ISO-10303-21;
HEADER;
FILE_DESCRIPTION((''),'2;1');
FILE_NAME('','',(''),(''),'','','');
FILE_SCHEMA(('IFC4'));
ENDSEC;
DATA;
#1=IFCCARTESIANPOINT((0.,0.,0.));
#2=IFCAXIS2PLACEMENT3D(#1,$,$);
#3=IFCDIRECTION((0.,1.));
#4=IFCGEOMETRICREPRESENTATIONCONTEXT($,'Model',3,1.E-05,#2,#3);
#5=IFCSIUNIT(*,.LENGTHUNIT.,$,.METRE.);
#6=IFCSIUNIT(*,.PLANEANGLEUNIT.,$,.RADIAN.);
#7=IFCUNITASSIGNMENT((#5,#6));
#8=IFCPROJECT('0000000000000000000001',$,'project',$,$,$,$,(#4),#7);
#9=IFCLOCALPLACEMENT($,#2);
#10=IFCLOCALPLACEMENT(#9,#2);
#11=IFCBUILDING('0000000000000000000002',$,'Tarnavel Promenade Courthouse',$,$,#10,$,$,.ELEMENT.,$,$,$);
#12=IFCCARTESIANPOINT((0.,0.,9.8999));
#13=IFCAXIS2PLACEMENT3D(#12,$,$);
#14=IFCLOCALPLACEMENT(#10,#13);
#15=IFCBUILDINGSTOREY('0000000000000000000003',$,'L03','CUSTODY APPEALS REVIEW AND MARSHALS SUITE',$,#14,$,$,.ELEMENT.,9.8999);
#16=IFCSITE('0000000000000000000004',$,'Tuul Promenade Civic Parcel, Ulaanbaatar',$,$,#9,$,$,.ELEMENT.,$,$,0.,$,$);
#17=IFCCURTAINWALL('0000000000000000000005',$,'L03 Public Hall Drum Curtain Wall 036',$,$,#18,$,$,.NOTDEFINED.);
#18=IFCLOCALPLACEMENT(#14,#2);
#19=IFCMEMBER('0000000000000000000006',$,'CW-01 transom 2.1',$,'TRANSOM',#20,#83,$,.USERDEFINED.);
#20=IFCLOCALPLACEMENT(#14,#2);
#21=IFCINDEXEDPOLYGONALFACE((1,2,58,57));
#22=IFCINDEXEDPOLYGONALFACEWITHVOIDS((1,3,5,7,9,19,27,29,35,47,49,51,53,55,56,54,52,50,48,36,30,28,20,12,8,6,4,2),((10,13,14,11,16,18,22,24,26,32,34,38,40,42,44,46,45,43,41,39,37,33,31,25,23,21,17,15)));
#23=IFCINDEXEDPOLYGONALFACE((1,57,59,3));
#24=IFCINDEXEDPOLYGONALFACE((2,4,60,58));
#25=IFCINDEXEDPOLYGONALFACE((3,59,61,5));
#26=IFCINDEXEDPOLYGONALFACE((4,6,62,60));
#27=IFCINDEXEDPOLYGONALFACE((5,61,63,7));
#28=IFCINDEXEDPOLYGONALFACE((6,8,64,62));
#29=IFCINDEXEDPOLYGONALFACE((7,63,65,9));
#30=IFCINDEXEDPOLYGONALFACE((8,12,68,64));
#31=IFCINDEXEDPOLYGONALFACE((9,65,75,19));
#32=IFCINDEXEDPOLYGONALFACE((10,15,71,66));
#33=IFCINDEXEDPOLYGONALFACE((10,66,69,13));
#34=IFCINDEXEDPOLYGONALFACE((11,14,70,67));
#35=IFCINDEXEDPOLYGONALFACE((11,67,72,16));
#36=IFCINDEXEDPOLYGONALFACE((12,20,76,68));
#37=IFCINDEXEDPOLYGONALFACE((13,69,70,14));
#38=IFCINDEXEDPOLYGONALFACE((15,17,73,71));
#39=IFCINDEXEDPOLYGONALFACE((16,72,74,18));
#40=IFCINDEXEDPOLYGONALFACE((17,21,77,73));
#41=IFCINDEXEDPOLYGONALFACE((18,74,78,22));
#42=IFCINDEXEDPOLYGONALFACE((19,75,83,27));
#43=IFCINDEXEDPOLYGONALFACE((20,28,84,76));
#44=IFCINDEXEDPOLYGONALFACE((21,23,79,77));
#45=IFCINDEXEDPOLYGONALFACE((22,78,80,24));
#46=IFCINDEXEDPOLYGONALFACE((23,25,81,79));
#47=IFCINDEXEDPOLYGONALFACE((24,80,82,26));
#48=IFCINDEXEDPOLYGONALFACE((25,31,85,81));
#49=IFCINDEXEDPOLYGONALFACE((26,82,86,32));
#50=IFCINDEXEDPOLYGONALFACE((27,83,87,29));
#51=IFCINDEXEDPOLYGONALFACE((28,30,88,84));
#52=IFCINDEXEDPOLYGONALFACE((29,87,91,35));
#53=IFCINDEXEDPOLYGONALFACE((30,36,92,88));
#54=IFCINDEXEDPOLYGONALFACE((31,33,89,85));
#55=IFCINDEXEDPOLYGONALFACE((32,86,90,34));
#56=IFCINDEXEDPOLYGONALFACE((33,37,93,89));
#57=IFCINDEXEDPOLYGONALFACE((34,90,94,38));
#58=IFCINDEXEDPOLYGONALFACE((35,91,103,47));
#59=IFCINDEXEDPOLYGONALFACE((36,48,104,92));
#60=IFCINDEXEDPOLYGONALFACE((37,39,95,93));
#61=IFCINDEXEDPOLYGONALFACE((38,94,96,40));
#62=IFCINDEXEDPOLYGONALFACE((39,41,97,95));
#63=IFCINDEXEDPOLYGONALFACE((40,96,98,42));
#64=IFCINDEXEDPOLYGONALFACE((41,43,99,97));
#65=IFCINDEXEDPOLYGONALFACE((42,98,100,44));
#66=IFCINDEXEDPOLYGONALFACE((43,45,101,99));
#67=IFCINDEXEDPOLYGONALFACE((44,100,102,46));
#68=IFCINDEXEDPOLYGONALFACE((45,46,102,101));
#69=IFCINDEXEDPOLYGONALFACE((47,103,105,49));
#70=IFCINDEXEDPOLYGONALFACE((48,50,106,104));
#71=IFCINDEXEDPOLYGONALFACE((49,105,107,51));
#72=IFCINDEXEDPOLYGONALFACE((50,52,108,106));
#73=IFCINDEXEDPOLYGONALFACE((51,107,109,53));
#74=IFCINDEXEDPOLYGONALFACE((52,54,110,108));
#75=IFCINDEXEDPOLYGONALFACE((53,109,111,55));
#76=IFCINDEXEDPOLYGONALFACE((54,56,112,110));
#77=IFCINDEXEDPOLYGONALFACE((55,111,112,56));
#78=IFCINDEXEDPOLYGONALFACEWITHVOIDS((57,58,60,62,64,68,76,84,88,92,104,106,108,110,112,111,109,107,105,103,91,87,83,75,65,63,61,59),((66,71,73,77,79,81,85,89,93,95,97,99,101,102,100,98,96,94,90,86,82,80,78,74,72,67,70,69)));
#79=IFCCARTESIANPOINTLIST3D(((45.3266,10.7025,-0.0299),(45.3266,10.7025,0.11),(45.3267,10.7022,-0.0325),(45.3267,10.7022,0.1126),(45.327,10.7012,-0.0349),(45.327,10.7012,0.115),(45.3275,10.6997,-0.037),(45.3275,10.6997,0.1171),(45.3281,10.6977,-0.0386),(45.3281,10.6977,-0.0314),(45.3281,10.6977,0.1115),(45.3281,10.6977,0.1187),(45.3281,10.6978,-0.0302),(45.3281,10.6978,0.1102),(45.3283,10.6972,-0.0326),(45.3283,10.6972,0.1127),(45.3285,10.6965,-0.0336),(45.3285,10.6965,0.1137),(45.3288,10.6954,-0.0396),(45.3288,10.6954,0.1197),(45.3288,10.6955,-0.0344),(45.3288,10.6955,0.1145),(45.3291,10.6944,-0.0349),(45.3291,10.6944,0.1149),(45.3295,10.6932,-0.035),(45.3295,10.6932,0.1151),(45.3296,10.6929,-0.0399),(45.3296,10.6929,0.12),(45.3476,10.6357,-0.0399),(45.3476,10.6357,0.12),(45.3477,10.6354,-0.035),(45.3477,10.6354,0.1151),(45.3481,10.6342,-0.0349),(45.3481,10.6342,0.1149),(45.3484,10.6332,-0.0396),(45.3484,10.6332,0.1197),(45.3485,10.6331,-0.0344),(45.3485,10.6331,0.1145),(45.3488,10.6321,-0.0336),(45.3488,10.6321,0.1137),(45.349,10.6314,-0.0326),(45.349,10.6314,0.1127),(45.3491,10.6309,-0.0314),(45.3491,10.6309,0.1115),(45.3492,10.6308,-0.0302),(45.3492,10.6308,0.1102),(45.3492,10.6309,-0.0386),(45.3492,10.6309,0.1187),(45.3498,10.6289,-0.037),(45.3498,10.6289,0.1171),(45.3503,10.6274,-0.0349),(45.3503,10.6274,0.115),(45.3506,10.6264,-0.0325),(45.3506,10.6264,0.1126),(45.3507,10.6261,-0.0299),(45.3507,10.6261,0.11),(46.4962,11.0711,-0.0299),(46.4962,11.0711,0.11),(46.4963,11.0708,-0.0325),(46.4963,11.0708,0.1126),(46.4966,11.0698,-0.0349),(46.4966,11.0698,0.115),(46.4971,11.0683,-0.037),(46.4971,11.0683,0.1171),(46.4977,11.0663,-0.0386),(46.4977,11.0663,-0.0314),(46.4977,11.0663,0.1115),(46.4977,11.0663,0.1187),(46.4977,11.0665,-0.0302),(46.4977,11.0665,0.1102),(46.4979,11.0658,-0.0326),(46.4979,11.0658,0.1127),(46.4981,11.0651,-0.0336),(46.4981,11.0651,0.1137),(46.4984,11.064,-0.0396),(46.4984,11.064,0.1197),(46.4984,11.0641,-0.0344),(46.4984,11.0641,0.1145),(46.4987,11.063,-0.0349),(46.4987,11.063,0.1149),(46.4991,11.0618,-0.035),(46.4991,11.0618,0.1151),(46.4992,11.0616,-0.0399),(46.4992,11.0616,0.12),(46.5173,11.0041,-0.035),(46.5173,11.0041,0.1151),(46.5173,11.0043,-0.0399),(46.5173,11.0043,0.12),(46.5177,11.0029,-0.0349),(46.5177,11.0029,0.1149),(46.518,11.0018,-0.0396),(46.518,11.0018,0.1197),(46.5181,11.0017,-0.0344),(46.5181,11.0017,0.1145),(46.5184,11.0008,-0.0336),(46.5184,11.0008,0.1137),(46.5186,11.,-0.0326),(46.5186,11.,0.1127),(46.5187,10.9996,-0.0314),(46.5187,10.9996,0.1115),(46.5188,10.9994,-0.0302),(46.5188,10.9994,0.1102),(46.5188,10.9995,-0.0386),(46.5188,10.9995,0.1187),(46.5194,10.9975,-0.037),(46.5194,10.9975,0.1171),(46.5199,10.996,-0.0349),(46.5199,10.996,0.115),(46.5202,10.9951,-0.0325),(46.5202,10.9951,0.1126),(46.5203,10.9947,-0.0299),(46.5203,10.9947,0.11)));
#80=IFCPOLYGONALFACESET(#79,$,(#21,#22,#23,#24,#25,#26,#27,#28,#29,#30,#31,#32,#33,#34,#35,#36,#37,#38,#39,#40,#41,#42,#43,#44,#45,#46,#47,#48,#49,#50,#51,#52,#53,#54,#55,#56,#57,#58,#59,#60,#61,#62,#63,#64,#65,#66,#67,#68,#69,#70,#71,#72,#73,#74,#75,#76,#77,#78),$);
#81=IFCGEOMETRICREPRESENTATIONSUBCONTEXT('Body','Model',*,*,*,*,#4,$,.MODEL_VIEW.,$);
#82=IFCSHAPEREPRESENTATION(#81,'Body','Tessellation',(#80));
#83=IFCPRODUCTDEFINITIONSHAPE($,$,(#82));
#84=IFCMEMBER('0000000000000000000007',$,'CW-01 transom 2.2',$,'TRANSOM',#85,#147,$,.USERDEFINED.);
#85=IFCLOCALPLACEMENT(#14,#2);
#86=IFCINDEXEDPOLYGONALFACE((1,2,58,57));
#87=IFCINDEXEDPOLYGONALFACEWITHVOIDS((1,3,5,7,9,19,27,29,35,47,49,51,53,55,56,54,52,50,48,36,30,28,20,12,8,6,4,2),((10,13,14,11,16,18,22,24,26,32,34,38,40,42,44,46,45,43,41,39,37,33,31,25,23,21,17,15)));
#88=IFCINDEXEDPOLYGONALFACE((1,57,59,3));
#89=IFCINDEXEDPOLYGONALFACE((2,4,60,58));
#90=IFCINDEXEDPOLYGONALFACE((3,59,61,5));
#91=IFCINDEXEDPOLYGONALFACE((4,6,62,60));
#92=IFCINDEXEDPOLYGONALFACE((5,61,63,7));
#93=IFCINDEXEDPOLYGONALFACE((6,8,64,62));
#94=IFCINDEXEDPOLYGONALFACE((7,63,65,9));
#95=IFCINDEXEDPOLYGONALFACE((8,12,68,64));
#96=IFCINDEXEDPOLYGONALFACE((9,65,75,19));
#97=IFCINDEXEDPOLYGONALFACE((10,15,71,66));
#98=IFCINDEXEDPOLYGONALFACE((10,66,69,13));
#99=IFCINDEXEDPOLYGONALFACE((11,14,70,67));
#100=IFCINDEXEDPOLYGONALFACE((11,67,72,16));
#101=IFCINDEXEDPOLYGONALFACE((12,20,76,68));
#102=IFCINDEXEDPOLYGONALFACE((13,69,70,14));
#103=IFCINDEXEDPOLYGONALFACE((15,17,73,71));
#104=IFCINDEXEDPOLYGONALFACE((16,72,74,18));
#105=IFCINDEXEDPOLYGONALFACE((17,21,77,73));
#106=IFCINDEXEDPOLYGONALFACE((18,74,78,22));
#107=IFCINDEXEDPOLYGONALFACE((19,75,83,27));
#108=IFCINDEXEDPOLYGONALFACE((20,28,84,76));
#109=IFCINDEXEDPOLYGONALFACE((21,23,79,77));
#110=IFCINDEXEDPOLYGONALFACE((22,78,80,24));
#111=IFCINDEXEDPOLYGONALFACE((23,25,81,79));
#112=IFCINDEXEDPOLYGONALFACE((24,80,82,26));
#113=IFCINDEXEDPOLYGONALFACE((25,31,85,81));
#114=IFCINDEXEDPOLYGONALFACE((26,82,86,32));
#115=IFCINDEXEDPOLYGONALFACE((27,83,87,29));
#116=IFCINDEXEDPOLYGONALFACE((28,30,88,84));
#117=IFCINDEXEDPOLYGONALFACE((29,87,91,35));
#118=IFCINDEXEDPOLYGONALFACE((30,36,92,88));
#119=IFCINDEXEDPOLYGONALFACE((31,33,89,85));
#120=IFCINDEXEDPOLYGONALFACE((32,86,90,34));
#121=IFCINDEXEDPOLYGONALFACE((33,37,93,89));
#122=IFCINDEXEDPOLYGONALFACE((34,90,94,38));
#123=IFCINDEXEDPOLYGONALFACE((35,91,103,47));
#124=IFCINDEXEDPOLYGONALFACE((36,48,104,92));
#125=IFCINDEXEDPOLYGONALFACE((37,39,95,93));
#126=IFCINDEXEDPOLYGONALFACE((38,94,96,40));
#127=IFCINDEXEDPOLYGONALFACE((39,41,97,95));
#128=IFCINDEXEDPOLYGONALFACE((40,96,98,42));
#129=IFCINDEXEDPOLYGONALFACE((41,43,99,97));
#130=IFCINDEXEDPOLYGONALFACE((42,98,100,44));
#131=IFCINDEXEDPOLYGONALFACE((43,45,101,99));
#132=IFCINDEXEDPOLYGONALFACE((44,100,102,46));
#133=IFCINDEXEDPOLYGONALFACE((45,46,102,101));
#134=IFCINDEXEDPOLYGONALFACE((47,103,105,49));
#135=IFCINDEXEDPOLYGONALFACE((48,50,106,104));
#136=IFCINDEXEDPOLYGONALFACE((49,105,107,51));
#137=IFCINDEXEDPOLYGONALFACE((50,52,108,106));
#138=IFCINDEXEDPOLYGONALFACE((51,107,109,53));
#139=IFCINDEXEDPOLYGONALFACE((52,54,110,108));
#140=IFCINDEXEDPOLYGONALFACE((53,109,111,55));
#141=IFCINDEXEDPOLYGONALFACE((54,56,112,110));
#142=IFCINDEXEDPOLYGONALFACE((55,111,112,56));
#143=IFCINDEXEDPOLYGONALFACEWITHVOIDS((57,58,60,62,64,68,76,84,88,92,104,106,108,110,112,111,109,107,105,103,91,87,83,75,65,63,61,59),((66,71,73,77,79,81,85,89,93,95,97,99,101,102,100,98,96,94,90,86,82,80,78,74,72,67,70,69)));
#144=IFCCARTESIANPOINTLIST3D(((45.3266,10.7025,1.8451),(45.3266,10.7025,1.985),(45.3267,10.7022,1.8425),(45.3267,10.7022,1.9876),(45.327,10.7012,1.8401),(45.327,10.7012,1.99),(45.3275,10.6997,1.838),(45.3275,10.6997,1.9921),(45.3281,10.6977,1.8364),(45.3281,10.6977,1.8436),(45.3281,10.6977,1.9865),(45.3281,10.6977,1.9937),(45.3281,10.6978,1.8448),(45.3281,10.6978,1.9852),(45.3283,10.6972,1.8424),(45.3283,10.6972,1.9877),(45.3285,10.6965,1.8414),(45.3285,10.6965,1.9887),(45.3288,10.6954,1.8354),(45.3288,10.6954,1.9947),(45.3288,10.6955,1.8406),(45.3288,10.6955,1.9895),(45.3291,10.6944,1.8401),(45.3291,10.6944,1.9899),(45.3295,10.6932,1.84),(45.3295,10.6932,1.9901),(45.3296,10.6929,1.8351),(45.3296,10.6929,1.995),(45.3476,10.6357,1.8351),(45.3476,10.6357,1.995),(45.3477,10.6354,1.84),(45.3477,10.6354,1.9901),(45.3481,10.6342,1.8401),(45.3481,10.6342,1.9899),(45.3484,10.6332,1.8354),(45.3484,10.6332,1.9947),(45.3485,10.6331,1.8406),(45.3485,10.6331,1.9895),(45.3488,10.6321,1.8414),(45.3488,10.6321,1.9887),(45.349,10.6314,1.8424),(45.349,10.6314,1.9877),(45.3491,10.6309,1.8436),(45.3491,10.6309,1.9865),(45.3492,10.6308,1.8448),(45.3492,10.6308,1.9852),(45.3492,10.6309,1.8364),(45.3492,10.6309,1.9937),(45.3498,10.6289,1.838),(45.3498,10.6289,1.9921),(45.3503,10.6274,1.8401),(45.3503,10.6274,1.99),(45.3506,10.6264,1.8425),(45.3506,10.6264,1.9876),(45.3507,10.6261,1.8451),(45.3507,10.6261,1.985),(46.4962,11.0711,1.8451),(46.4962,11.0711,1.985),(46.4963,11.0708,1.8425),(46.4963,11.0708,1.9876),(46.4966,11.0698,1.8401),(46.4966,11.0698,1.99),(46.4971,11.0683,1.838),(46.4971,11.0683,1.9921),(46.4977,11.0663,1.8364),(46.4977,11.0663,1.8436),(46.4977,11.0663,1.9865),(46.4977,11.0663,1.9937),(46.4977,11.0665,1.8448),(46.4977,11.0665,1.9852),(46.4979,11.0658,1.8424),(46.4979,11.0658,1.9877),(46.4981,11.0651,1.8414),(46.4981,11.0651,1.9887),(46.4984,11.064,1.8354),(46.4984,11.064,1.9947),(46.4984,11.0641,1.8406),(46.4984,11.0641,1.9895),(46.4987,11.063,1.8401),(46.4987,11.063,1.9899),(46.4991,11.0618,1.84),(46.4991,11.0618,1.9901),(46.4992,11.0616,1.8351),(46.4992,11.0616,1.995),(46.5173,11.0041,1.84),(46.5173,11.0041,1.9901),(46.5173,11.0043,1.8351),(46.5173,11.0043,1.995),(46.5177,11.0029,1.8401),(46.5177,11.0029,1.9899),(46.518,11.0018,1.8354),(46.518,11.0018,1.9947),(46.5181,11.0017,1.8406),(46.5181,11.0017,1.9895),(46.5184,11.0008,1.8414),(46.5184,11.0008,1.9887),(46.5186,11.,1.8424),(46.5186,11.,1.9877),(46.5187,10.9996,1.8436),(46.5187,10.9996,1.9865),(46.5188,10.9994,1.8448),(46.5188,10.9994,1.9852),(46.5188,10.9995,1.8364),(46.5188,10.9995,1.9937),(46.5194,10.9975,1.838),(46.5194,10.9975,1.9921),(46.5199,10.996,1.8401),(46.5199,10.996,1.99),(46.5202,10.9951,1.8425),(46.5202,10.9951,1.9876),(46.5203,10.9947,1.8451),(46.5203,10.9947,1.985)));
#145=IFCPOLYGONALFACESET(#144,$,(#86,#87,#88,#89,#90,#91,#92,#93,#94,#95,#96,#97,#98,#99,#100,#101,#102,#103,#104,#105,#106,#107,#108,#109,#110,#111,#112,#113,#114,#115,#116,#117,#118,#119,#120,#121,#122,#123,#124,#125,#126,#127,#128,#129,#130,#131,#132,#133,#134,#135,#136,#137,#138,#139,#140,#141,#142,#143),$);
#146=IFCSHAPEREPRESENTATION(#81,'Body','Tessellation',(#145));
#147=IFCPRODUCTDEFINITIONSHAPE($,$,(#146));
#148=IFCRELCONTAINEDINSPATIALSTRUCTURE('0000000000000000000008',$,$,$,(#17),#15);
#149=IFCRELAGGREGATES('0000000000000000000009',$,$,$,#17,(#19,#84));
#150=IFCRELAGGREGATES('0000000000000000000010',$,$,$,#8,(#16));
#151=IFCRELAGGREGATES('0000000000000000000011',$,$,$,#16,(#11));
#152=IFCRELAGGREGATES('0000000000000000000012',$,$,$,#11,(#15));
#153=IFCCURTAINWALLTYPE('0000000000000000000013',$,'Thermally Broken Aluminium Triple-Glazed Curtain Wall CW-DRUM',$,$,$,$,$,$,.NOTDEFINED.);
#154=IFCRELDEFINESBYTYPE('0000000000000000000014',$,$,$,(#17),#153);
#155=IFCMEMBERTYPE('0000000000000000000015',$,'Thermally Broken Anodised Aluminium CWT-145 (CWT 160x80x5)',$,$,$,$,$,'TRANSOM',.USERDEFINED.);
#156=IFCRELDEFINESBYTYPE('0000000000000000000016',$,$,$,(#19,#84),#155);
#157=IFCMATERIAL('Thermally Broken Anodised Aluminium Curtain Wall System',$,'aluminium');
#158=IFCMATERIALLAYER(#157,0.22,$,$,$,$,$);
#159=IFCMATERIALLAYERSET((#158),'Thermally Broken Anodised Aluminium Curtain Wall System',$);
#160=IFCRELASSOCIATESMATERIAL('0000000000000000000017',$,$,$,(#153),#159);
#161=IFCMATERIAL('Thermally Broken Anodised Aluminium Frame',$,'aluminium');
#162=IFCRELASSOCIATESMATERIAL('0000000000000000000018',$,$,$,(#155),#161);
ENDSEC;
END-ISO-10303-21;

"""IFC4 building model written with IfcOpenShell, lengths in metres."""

from ifc_helpers import new_model, si_unit, direction, frame, origin, origin_2d, place, context, subcontext, project, spatial, hollow_rectangle, extrude, material, layer, layer_set, material_profile, profile_set, type_object, element, aggregate, save


model = new_model("IFC4")

# Units and contexts
model_context = context("Model", 3, precision=1e-05, world=origin(), true_north=direction((0.0, 1.0)))
body_context = subcontext(model_context, "Body", "Model", "MODEL_VIEW")
ifc_project = project(units=[si_unit("LENGTHUNIT", "METRE"), si_unit("PLANEANGLEUNIT", "RADIAN")], contexts=[model_context])

# Site, building, storey
site_placement = place(None, origin())
site = spatial("IfcSite", under=ifc_project, at=site_placement, Name="Tuul Promenade Civic Parcel, Ulaanbaatar", CompositionType="ELEMENT", RefElevation=0.0)
building_placement = place(site_placement, origin())
building = spatial("IfcBuilding", under=site, at=building_placement, Name="Tarnavel Promenade Courthouse", CompositionType="ELEMENT")
storey_placement = place(building_placement, frame((0.0, 0.0, 9.8999)))
storey = spatial("IfcBuildingStorey", under=building, at=storey_placement, Name="L03", Description="CUSTODY APPEALS REVIEW AND MARSHALS SUITE", CompositionType="ELEMENT", Elevation=9.8999)

# Curtain wall
ifc_material_1 = material(Name="Thermally Broken Anodised Aluminium Curtain Wall System", Category="aluminium")
ifc_layer_1 = layer(ifc_material_1, 0.22)
ifc_layer_set_1 = layer_set([ifc_layer_1], Name="Thermally Broken Anodised Aluminium Curtain Wall System")
curtain_wall_type = type_object("IfcCurtainWallType", Name="Thermally Broken Aluminium Triple-Glazed Curtain Wall CW-DRUM", PredefinedType="NOTDEFINED", material=ifc_layer_set_1)
curtain_wall_1_placement = place(storey_placement, origin())
curtain_wall_1 = element("IfcCurtainWall", 1, at=curtain_wall_1_placement, inside=storey, type_object=curtain_wall_type, Name="L03 Public Hall Drum Curtain Wall 036", PredefinedType="NOTDEFINED")
ifc_material_2 = material(Name="Thermally Broken Anodised Aluminium Frame", Category="aluminium")

# Members
ifc_material_profile_1 = material_profile(ifc_material_2, hollow_rectangle(XDim=0.0801, YDim=0.1599, WallThickness=0.0049, InnerFilletRadius=0.0049, OuterFilletRadius=0.01, at=origin_2d()), Name="CWT 160x80x5")
ifc_profile_set_1 = profile_set([ifc_material_profile_1], Name="Thermally Broken Anodised Aluminium Frame")
member_type_1 = type_object("IfcMemberType", Name="Thermally Broken Anodised Aluminium CWT-145 (CWT 160x80x5)", ElementType="TRANSOM", PredefinedType="USERDEFINED", material=ifc_profile_set_1)
member_1_placement = place(storey_placement, frame((45.3386, 10.6643, 0.04), z_axis=(0.953751, 0.300598, 0.0), x_axis=(-0.300598, 0.953751, 0.0)))
member_1 = element("IfcMember", 2, at=member_1_placement, type_object=member_type_1, Name="CW-01 transom 2.1", ObjectType="TRANSOM", PredefinedType="USERDEFINED", context=body_context, shape_type="SweptSolid", body=[
    extrude(hollow_rectangle(XDim=0.0801, YDim=0.1599, WallThickness=0.0049, InnerFilletRadius=0.0049, OuterFilletRadius=0.01, at=origin_2d()), origin(), (0.0, 0.0, 1.0), 1.2263),
])
member_2_placement = place(storey_placement, frame((45.3386, 10.6643, 1.915), z_axis=(0.953751, 0.300598, 0.0), x_axis=(-0.300598, 0.953751, 0.0)))
member_2 = element("IfcMember", 3, at=member_2_placement, type_object=member_type_1, Name="CW-01 transom 2.2", ObjectType="TRANSOM", PredefinedType="USERDEFINED", context=body_context, shape_type="SweptSolid", body=[
    extrude(hollow_rectangle(XDim=0.0801, YDim=0.1599, WallThickness=0.0049, InnerFilletRadius=0.0049, OuterFilletRadius=0.01, at=origin_2d()), origin(), (0.0, 0.0, 1.0), 1.2263),
])

aggregate(curtain_wall_1, [member_1, member_2])

save(model, "model.ifc")
